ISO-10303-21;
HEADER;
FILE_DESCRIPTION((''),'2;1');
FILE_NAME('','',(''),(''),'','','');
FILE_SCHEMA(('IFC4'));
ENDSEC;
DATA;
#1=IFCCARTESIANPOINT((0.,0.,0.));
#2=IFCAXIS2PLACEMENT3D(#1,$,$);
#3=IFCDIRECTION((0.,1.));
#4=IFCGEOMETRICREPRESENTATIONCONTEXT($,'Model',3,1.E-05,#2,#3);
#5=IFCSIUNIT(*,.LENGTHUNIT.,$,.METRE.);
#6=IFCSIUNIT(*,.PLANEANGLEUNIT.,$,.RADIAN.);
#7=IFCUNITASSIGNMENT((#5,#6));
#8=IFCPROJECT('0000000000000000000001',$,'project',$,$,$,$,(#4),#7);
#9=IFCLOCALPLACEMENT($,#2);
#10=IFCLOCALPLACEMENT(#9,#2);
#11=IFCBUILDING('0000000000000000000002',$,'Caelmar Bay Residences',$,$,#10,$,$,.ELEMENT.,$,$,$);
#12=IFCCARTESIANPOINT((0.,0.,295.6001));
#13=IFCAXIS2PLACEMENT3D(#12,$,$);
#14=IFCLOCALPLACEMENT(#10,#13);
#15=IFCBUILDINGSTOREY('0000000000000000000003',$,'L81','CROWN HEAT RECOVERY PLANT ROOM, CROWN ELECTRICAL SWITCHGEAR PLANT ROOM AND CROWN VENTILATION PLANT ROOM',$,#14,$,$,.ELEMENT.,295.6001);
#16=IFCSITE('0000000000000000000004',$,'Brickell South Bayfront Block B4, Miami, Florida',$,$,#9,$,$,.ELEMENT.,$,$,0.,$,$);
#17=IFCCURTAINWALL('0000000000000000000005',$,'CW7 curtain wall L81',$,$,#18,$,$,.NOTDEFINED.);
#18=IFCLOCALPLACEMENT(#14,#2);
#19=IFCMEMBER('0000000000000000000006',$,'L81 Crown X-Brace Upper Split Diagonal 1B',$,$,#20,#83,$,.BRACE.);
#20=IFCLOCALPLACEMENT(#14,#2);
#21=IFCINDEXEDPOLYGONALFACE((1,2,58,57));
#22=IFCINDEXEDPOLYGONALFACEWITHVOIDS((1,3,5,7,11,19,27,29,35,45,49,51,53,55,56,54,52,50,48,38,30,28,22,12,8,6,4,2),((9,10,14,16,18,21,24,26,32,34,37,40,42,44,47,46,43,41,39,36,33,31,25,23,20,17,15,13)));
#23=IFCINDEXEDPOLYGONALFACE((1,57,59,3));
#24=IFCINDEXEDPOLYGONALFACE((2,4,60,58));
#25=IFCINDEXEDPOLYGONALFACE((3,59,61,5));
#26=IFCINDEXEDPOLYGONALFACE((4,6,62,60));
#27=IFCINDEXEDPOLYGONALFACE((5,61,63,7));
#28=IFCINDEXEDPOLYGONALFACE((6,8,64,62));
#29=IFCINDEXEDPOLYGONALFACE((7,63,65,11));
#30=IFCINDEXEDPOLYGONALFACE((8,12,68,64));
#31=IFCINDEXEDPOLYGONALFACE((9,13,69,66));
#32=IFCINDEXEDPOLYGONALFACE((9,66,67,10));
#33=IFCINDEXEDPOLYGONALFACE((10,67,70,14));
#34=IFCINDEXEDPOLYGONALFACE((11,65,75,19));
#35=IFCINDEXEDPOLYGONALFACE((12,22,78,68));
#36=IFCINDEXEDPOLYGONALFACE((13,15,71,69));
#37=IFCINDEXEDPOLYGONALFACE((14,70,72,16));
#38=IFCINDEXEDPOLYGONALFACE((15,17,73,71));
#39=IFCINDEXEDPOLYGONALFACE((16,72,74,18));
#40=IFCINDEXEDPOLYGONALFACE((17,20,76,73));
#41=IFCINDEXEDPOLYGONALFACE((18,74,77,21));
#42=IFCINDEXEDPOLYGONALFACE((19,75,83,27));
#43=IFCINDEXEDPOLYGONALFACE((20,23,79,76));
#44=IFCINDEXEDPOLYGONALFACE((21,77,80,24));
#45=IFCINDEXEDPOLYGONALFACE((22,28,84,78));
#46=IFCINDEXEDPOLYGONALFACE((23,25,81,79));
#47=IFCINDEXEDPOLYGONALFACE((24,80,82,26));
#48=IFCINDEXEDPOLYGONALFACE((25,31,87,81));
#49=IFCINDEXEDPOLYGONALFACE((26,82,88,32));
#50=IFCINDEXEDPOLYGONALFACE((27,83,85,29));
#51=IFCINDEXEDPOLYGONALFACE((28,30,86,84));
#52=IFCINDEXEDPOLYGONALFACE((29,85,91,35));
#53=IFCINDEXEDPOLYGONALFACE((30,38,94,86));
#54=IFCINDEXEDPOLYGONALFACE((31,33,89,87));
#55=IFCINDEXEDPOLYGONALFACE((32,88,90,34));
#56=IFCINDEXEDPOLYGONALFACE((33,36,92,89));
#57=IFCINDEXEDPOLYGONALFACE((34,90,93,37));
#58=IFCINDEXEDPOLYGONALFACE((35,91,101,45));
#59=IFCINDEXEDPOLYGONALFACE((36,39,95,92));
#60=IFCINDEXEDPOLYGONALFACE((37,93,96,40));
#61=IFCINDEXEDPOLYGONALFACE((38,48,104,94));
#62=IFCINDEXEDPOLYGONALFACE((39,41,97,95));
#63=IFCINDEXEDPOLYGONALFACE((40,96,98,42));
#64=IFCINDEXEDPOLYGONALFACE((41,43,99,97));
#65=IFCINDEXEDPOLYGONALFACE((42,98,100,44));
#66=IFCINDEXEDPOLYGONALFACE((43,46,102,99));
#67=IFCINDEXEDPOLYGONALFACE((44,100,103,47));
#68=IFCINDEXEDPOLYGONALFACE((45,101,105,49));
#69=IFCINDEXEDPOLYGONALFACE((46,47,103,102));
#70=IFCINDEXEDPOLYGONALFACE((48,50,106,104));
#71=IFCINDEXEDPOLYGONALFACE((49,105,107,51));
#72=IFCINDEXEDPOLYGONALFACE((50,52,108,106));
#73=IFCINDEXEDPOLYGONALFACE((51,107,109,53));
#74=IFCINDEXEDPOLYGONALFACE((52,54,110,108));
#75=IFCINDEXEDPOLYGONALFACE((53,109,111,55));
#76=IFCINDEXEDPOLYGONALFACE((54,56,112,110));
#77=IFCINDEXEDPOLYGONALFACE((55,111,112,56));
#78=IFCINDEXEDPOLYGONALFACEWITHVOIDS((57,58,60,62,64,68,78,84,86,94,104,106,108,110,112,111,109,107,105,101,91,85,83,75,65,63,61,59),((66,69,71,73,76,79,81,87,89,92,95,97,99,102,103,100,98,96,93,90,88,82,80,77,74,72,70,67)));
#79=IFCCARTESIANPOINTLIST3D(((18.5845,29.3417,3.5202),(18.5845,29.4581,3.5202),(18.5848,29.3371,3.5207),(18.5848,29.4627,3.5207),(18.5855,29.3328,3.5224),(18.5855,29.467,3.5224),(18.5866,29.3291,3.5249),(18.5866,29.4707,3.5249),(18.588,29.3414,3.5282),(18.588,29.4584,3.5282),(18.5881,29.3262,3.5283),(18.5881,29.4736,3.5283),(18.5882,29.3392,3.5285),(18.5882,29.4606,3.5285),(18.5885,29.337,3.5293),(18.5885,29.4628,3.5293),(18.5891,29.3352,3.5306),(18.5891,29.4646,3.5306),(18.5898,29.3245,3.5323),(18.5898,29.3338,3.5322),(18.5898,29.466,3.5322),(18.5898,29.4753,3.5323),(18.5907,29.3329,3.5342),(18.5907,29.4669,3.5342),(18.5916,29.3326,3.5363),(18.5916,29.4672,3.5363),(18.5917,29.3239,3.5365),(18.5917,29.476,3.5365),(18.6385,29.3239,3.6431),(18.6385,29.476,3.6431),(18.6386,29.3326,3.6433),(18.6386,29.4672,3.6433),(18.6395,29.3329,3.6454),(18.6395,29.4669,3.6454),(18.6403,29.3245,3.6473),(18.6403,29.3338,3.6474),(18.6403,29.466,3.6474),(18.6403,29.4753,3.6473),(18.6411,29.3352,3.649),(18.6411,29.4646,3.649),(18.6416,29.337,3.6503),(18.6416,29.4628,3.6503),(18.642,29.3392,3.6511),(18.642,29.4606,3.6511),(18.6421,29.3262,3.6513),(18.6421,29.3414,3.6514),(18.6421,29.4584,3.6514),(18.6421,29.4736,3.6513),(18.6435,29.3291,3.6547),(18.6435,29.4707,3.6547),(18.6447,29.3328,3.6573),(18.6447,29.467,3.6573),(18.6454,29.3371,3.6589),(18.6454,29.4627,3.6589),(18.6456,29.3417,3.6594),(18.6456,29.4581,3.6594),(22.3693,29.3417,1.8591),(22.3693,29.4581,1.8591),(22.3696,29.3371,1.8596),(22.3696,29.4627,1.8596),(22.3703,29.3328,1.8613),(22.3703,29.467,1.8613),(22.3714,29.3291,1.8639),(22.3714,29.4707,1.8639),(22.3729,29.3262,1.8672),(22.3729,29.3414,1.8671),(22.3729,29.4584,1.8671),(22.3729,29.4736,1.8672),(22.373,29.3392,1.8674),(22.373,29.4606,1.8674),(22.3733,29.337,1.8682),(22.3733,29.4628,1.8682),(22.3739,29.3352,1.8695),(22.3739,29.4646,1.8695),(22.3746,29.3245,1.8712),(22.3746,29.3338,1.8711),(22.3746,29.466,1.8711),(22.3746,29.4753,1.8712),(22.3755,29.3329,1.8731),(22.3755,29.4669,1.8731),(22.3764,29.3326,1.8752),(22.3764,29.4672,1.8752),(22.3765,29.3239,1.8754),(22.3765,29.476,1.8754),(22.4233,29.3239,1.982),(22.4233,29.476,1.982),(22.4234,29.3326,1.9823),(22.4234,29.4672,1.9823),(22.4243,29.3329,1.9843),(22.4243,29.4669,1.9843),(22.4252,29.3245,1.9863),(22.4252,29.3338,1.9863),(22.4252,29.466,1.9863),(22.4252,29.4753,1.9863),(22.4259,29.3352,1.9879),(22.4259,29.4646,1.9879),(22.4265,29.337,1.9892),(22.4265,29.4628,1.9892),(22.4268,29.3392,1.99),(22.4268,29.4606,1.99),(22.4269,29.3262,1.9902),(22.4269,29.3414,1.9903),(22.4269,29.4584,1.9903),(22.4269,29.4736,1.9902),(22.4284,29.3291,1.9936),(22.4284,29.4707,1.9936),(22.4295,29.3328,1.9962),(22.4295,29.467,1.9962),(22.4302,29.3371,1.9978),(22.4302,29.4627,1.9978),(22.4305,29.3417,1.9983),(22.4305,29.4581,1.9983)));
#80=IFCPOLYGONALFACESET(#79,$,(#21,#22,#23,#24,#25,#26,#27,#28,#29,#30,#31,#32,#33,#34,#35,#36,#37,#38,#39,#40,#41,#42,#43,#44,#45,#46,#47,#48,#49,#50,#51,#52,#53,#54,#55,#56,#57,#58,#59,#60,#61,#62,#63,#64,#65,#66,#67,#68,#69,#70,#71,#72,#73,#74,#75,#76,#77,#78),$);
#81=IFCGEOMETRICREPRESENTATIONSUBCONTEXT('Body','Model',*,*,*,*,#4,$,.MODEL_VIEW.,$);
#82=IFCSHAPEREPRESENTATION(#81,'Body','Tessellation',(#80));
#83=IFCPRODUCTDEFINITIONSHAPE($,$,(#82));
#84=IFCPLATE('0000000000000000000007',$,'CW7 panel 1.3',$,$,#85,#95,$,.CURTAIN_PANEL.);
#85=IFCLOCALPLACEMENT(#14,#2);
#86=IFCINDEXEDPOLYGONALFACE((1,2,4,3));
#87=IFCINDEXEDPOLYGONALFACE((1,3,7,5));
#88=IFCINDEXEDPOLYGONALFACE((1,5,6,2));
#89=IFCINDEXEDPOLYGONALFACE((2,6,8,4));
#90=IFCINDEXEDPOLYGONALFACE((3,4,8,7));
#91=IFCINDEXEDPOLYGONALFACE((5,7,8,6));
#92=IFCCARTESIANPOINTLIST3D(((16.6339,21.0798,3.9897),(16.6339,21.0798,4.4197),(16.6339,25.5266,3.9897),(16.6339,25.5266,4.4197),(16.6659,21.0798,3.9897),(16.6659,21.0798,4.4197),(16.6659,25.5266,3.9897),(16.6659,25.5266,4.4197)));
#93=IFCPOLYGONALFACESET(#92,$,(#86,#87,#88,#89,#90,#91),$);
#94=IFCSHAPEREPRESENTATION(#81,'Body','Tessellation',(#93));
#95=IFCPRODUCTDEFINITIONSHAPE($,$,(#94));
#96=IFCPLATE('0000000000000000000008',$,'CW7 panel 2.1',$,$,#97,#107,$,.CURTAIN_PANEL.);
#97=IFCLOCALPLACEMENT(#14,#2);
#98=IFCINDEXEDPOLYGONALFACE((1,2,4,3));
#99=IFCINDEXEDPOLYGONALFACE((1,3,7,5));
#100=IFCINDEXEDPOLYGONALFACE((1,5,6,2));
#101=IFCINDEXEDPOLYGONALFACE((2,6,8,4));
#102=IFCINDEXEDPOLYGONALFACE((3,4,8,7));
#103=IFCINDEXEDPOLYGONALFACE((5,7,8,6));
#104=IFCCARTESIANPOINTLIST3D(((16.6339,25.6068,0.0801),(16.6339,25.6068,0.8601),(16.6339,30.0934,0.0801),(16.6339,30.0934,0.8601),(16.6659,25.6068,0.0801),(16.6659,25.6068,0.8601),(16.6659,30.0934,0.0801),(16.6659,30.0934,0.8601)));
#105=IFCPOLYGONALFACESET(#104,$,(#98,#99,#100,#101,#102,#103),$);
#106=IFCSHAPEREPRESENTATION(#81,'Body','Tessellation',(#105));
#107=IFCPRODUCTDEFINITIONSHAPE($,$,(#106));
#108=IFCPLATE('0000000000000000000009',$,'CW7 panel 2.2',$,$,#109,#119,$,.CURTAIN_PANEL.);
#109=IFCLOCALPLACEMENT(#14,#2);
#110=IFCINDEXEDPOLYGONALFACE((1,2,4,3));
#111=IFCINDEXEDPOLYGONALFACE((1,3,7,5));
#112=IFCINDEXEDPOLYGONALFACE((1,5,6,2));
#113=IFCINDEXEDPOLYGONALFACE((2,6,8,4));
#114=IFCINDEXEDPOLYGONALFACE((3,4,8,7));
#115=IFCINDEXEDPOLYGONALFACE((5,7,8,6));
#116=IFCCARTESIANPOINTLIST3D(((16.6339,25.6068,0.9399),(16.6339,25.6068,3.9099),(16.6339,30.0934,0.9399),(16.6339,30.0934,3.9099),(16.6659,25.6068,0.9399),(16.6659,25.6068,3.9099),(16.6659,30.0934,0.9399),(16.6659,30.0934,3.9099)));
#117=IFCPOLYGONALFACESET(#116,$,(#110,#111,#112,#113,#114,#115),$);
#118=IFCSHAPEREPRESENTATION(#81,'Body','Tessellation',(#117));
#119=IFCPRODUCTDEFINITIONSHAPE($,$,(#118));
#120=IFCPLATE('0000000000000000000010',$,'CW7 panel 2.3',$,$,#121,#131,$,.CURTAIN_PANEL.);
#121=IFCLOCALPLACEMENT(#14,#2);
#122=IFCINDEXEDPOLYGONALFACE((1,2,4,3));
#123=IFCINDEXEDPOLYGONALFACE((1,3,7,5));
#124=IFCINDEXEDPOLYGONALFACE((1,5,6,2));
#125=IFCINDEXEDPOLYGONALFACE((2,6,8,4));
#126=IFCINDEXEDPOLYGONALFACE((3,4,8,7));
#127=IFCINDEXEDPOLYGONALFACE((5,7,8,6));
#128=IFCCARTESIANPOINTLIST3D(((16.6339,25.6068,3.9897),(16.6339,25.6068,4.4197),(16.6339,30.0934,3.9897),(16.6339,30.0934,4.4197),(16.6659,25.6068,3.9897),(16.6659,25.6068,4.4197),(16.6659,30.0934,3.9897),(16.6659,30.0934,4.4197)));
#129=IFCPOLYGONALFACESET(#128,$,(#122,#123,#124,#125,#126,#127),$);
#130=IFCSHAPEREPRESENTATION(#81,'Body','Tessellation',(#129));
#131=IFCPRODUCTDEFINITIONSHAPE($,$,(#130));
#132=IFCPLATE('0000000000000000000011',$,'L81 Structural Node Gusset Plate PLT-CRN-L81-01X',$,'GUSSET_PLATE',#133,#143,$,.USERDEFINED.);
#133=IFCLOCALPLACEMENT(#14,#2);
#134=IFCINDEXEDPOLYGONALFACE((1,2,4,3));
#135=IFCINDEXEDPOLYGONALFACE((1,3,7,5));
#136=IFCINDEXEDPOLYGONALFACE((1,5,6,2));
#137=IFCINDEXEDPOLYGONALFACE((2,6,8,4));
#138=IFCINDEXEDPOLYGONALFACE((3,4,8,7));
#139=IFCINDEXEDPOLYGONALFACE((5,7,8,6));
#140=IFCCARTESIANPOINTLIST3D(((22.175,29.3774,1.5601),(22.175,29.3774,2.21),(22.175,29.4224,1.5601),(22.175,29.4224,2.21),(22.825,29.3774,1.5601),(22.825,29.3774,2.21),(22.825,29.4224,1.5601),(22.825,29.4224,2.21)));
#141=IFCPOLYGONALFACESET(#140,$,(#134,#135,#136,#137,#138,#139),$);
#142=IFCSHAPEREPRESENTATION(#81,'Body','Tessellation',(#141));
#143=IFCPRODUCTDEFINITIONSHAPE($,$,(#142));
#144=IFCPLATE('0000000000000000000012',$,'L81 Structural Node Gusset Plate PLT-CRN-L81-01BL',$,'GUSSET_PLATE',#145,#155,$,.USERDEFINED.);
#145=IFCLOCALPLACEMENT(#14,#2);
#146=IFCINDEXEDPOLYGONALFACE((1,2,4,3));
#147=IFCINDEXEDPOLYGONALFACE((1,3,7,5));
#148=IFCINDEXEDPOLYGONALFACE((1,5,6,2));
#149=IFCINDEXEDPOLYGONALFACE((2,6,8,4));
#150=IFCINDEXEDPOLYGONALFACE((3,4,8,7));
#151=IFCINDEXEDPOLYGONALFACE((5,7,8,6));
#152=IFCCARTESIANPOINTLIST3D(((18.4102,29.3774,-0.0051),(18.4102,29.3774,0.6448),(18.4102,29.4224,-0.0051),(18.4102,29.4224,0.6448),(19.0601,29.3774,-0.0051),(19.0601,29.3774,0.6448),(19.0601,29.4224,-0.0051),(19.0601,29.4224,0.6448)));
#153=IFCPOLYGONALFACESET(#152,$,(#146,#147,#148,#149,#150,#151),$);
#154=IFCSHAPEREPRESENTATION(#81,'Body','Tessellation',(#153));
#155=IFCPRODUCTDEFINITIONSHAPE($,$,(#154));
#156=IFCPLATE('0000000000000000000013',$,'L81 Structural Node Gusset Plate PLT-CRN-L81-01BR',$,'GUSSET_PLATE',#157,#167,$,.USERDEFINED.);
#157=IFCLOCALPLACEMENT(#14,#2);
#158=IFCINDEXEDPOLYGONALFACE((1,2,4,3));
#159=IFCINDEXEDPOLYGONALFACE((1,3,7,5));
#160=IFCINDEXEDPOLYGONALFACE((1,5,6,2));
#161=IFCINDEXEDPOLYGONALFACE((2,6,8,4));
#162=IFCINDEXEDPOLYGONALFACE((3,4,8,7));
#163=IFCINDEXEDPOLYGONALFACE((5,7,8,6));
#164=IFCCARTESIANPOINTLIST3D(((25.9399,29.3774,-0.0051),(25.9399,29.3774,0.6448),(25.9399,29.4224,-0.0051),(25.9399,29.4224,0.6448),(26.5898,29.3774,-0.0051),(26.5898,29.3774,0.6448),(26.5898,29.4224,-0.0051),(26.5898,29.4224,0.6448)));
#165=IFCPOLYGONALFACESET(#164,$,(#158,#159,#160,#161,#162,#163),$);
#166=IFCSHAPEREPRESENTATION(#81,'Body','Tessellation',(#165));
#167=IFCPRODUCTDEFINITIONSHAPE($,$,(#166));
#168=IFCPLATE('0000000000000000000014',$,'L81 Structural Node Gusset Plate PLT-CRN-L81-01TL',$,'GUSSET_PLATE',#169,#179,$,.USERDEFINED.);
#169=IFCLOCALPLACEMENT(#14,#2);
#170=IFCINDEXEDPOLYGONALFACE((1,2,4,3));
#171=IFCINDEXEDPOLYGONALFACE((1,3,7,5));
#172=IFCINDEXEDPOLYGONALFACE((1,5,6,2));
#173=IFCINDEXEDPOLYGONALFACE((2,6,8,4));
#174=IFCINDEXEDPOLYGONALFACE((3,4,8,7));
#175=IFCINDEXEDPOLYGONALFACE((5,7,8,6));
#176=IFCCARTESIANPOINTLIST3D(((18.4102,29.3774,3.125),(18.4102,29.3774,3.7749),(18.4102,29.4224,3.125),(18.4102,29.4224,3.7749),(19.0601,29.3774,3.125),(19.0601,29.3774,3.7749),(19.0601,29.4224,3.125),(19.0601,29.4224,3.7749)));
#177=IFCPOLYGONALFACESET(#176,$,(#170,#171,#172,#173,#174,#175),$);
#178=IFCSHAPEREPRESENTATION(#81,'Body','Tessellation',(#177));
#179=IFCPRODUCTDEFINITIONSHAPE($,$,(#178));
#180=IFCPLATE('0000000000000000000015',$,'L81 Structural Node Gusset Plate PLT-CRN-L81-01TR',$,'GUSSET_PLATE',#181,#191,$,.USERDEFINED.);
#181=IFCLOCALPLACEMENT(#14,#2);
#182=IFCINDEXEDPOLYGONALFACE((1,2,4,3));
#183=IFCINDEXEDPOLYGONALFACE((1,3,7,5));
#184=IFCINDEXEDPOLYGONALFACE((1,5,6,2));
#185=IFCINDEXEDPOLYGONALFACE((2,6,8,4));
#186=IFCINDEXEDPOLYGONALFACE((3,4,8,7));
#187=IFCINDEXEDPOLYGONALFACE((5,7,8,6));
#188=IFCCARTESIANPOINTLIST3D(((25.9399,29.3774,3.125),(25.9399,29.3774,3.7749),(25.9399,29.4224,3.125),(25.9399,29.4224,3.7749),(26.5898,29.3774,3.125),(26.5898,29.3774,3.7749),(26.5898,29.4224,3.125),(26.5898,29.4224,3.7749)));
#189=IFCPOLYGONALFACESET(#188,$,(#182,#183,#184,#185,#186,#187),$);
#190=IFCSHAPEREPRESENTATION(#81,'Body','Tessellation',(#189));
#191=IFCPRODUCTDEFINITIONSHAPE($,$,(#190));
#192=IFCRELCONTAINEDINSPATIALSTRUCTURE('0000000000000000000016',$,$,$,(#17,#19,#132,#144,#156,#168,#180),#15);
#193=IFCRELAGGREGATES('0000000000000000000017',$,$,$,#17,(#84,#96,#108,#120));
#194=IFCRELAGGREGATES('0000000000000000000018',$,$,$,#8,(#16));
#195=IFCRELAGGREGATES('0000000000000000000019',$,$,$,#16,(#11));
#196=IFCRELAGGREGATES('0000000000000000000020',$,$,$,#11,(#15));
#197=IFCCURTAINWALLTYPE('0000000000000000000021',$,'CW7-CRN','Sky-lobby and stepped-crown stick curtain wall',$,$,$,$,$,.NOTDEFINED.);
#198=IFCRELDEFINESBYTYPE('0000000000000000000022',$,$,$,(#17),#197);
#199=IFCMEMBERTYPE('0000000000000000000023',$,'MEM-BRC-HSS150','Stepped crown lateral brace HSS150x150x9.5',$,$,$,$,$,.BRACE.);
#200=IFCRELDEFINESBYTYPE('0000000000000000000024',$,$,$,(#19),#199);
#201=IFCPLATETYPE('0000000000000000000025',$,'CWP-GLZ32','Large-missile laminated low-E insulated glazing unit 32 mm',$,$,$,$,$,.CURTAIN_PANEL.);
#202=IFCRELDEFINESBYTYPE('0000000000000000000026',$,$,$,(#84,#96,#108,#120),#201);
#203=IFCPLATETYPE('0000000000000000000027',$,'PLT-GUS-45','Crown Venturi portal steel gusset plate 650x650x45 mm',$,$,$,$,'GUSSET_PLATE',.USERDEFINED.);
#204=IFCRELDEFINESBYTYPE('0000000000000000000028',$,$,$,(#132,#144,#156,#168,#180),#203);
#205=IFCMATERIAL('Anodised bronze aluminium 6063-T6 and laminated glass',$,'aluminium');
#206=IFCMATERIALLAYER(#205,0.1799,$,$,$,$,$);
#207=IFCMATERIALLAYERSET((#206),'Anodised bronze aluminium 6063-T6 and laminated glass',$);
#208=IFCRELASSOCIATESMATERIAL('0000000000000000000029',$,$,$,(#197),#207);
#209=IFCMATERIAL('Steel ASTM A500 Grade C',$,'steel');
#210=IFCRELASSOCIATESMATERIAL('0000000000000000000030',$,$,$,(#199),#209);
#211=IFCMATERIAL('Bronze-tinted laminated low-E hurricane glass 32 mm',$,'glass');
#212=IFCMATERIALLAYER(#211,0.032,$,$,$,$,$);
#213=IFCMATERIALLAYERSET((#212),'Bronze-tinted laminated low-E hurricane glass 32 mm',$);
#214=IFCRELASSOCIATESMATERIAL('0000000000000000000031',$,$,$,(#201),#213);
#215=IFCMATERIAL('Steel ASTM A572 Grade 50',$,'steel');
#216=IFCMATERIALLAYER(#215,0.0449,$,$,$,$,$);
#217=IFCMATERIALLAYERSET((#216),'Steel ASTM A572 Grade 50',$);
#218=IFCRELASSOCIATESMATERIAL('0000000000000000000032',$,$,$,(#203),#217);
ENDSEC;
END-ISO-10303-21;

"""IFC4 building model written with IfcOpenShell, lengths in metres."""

from ifc_helpers import new_model, si_unit, direction, frame, origin, origin_2d, place, context, subcontext, project, spatial, rectangle, hollow_rectangle, extrude, material, layer, layer_set, material_profile, profile_set, type_object, element, aggregate, save


model = new_model("IFC4")

# Units and contexts
model_context = context("Model", 3, precision=1e-05, world=origin(), true_north=direction((0.0, 1.0)))
body_context = subcontext(model_context, "Body", "Model", "MODEL_VIEW")
ifc_project = project(units=[si_unit("LENGTHUNIT", "METRE"), si_unit("PLANEANGLEUNIT", "RADIAN")], contexts=[model_context])

# Site, building, storey
site_placement = place(None, origin())
site = spatial("IfcSite", under=ifc_project, at=site_placement, Name="Brickell South Bayfront Block B4, Miami, Florida", CompositionType="ELEMENT", RefElevation=0.0)
building_placement = place(site_placement, origin())
building = spatial("IfcBuilding", under=site, at=building_placement, Name="Caelmar Bay Residences", CompositionType="ELEMENT")
storey_placement = place(building_placement, frame((0.0, 0.0, 295.6001)))
storey = spatial("IfcBuildingStorey", under=building, at=storey_placement, Name="L81", Description="CROWN HEAT RECOVERY PLANT ROOM, CROWN ELECTRICAL SWITCHGEAR PLANT ROOM AND CROWN VENTILATION PLANT ROOM", CompositionType="ELEMENT", Elevation=295.6001)

# Curtain wall
ifc_material_1 = material(Name="Anodised bronze aluminium 6063-T6 and laminated glass", Category="aluminium")
ifc_layer_1 = layer(ifc_material_1, 0.1799)
ifc_layer_set_1 = layer_set([ifc_layer_1], Name="Anodised bronze aluminium 6063-T6 and laminated glass")
curtain_wall_type = type_object("IfcCurtainWallType", Name="CW7-CRN", Description="Sky-lobby and stepped-crown stick curtain wall", PredefinedType="NOTDEFINED", material=ifc_layer_set_1)
curtain_wall_placement = place(storey_placement, origin())
curtain_wall = element("IfcCurtainWall", 1, at=curtain_wall_placement, inside=storey, type_object=curtain_wall_type, Name="CW7 curtain wall L81", PredefinedType="NOTDEFINED")

# Member
ifc_material_2 = material(Name="Steel ASTM A500 Grade C", Category="steel")
ifc_material_profile_1 = material_profile(ifc_material_2, hollow_rectangle(XDim=0.1521, YDim=0.1521, WallThickness=0.0088, InnerFilletRadius=0.0088, OuterFilletRadius=0.0178, at=origin_2d()), Name="HSS150X150X9.5")
ifc_profile_set_1 = profile_set([ifc_material_profile_1], Name="Steel ASTM A500 Grade C")
member_type_1 = type_object("IfcMemberType", Name="MEM-BRC-HSS150", Description="Stepped crown lateral brace HSS150x150x9.5", PredefinedType="BRACE", material=ifc_profile_set_1)
for number, where, z_axis, x_axis, name in (
    (2, (22.3999, 29.3999, 1.9287), (-0.915692, 0.0, 0.401881), (0.0, -1.0, 0.0), "L81 Crown X-Brace Upper Split Diagonal 1B"),
):
    element("IfcMember", number, at=place(storey_placement, frame(where, z_axis=z_axis, x_axis=x_axis)), inside=storey, type_object=member_type_1, Name=name, PredefinedType="BRACE", context=body_context, shape_type="SweptSolid", body=[
        extrude(hollow_rectangle(XDim=0.1521, YDim=0.1521, WallThickness=0.0088, InnerFilletRadius=0.0088, OuterFilletRadius=0.0178, at=origin_2d()), origin(), (0.0, 0.0, 1.0), 4.1333),
    ])

# Plates
ifc_material_3 = material(Name="Bronze-tinted laminated low-E hurricane glass 32 mm", Category="glass")
ifc_layer_2 = layer(ifc_material_3, 0.032)
ifc_layer_set_2 = layer_set([ifc_layer_2], Name="Bronze-tinted laminated low-E hurricane glass 32 mm")
plate_type_1 = type_object("IfcPlateType", Name="CWP-GLZ32", Description="Large-missile laminated low-E insulated glazing unit 32 mm", PredefinedType="CURTAIN_PANEL", material=ifc_layer_set_2)
plate_1_placement = place(storey_placement, frame((16.6499, 23.3032, 3.9897), z_axis=(0.0, 0.0, 1.0), x_axis=(0.0, 1.0, 0.0)))
plate_1 = element("IfcPlate", 3, at=plate_1_placement, type_object=plate_type_1, Name="CW7 panel 1.3", PredefinedType="CURTAIN_PANEL", context=body_context, shape_type="SweptSolid", body=[
    extrude(rectangle(XDim=4.4468, YDim=0.032, at=origin_2d()), origin(), (0.0, 0.0, 1.0), 0.4299),
])
plate_2_placement = place(storey_placement, frame((16.6499, 27.8501, 0.0801), z_axis=(0.0, 0.0, 1.0), x_axis=(0.0, 1.0, 0.0)))
plate_2 = element("IfcPlate", 4, at=plate_2_placement, type_object=plate_type_1, Name="CW7 panel 2.1", PredefinedType="CURTAIN_PANEL", context=body_context, shape_type="SweptSolid", body=[
    extrude(rectangle(XDim=4.4866, YDim=0.032, at=origin_2d()), origin(), (0.0, 0.0, 1.0), 0.78),
])
plate_3_placement = place(storey_placement, frame((16.6499, 27.8501, 0.9399), z_axis=(0.0, 0.0, 1.0), x_axis=(0.0, 1.0, 0.0)))
plate_3 = element("IfcPlate", 5, at=plate_3_placement, type_object=plate_type_1, Name="CW7 panel 2.2", PredefinedType="CURTAIN_PANEL", context=body_context, shape_type="SweptSolid", body=[
    extrude(rectangle(XDim=4.4866, YDim=0.032, at=origin_2d()), origin(), (0.0, 0.0, 1.0), 2.97),
])
plate_4_placement = place(storey_placement, frame((16.6499, 27.8501, 3.9897), z_axis=(0.0, 0.0, 1.0), x_axis=(0.0, 1.0, 0.0)))
plate_4 = element("IfcPlate", 6, at=plate_4_placement, type_object=plate_type_1, Name="CW7 panel 2.3", PredefinedType="CURTAIN_PANEL", context=body_context, shape_type="SweptSolid", body=[
    extrude(rectangle(XDim=4.4866, YDim=0.032, at=origin_2d()), origin(), (0.0, 0.0, 1.0), 0.4299),
])
aggregate(curtain_wall, [plate_1, plate_2, plate_3, plate_4])

# Plates
ifc_material_4 = material(Name="Steel ASTM A572 Grade 50", Category="steel")
ifc_layer_3 = layer(ifc_material_4, 0.0449)
ifc_layer_set_3 = layer_set([ifc_layer_3], Name="Steel ASTM A572 Grade 50")
plate_type_2 = type_object("IfcPlateType", Name="PLT-GUS-45", Description="Crown Venturi portal steel gusset plate 650x650x45 mm", ElementType="GUSSET_PLATE", PredefinedType="USERDEFINED", material=ifc_layer_set_3)
for number, where, z_axis, x_axis, name in (
    (7, (22.5, 29.3999, 1.5601), (0.0, 0.0, 1.0), (1.0, 0.0, 0.0), "L81 Structural Node Gusset Plate PLT-CRN-L81-01X"),
    (8, (18.7351, 29.3999, -0.0051), (0.0, 0.0, 1.0), (1.0, 0.0, 0.0), "L81 Structural Node Gusset Plate PLT-CRN-L81-01BL"),
    (9, (26.2649, 29.3999, -0.0051), (0.0, 0.0, 1.0), (1.0, 0.0, 0.0), "L81 Structural Node Gusset Plate PLT-CRN-L81-01BR"),
    (10, (18.7351, 29.3999, 3.125), (0.0, 0.0, 1.0), (1.0, 0.0, 0.0), "L81 Structural Node Gusset Plate PLT-CRN-L81-01TL"),
    (11, (26.2649, 29.3999, 3.125), (0.0, 0.0, 1.0), (1.0, 0.0, 0.0), "L81 Structural Node Gusset Plate PLT-CRN-L81-01TR"),
):
    element("IfcPlate", number, at=place(storey_placement, frame(where, z_axis=z_axis, x_axis=x_axis)), inside=storey, type_object=plate_type_2, Name=name, ObjectType="GUSSET_PLATE", PredefinedType="USERDEFINED", context=body_context, shape_type="SweptSolid", body=[
        extrude(rectangle(XDim=0.6499, YDim=0.0449, at=origin_2d()), origin(), (0.0, 0.0, 1.0), 0.6499),
    ])

save(model, "model.ifc")
